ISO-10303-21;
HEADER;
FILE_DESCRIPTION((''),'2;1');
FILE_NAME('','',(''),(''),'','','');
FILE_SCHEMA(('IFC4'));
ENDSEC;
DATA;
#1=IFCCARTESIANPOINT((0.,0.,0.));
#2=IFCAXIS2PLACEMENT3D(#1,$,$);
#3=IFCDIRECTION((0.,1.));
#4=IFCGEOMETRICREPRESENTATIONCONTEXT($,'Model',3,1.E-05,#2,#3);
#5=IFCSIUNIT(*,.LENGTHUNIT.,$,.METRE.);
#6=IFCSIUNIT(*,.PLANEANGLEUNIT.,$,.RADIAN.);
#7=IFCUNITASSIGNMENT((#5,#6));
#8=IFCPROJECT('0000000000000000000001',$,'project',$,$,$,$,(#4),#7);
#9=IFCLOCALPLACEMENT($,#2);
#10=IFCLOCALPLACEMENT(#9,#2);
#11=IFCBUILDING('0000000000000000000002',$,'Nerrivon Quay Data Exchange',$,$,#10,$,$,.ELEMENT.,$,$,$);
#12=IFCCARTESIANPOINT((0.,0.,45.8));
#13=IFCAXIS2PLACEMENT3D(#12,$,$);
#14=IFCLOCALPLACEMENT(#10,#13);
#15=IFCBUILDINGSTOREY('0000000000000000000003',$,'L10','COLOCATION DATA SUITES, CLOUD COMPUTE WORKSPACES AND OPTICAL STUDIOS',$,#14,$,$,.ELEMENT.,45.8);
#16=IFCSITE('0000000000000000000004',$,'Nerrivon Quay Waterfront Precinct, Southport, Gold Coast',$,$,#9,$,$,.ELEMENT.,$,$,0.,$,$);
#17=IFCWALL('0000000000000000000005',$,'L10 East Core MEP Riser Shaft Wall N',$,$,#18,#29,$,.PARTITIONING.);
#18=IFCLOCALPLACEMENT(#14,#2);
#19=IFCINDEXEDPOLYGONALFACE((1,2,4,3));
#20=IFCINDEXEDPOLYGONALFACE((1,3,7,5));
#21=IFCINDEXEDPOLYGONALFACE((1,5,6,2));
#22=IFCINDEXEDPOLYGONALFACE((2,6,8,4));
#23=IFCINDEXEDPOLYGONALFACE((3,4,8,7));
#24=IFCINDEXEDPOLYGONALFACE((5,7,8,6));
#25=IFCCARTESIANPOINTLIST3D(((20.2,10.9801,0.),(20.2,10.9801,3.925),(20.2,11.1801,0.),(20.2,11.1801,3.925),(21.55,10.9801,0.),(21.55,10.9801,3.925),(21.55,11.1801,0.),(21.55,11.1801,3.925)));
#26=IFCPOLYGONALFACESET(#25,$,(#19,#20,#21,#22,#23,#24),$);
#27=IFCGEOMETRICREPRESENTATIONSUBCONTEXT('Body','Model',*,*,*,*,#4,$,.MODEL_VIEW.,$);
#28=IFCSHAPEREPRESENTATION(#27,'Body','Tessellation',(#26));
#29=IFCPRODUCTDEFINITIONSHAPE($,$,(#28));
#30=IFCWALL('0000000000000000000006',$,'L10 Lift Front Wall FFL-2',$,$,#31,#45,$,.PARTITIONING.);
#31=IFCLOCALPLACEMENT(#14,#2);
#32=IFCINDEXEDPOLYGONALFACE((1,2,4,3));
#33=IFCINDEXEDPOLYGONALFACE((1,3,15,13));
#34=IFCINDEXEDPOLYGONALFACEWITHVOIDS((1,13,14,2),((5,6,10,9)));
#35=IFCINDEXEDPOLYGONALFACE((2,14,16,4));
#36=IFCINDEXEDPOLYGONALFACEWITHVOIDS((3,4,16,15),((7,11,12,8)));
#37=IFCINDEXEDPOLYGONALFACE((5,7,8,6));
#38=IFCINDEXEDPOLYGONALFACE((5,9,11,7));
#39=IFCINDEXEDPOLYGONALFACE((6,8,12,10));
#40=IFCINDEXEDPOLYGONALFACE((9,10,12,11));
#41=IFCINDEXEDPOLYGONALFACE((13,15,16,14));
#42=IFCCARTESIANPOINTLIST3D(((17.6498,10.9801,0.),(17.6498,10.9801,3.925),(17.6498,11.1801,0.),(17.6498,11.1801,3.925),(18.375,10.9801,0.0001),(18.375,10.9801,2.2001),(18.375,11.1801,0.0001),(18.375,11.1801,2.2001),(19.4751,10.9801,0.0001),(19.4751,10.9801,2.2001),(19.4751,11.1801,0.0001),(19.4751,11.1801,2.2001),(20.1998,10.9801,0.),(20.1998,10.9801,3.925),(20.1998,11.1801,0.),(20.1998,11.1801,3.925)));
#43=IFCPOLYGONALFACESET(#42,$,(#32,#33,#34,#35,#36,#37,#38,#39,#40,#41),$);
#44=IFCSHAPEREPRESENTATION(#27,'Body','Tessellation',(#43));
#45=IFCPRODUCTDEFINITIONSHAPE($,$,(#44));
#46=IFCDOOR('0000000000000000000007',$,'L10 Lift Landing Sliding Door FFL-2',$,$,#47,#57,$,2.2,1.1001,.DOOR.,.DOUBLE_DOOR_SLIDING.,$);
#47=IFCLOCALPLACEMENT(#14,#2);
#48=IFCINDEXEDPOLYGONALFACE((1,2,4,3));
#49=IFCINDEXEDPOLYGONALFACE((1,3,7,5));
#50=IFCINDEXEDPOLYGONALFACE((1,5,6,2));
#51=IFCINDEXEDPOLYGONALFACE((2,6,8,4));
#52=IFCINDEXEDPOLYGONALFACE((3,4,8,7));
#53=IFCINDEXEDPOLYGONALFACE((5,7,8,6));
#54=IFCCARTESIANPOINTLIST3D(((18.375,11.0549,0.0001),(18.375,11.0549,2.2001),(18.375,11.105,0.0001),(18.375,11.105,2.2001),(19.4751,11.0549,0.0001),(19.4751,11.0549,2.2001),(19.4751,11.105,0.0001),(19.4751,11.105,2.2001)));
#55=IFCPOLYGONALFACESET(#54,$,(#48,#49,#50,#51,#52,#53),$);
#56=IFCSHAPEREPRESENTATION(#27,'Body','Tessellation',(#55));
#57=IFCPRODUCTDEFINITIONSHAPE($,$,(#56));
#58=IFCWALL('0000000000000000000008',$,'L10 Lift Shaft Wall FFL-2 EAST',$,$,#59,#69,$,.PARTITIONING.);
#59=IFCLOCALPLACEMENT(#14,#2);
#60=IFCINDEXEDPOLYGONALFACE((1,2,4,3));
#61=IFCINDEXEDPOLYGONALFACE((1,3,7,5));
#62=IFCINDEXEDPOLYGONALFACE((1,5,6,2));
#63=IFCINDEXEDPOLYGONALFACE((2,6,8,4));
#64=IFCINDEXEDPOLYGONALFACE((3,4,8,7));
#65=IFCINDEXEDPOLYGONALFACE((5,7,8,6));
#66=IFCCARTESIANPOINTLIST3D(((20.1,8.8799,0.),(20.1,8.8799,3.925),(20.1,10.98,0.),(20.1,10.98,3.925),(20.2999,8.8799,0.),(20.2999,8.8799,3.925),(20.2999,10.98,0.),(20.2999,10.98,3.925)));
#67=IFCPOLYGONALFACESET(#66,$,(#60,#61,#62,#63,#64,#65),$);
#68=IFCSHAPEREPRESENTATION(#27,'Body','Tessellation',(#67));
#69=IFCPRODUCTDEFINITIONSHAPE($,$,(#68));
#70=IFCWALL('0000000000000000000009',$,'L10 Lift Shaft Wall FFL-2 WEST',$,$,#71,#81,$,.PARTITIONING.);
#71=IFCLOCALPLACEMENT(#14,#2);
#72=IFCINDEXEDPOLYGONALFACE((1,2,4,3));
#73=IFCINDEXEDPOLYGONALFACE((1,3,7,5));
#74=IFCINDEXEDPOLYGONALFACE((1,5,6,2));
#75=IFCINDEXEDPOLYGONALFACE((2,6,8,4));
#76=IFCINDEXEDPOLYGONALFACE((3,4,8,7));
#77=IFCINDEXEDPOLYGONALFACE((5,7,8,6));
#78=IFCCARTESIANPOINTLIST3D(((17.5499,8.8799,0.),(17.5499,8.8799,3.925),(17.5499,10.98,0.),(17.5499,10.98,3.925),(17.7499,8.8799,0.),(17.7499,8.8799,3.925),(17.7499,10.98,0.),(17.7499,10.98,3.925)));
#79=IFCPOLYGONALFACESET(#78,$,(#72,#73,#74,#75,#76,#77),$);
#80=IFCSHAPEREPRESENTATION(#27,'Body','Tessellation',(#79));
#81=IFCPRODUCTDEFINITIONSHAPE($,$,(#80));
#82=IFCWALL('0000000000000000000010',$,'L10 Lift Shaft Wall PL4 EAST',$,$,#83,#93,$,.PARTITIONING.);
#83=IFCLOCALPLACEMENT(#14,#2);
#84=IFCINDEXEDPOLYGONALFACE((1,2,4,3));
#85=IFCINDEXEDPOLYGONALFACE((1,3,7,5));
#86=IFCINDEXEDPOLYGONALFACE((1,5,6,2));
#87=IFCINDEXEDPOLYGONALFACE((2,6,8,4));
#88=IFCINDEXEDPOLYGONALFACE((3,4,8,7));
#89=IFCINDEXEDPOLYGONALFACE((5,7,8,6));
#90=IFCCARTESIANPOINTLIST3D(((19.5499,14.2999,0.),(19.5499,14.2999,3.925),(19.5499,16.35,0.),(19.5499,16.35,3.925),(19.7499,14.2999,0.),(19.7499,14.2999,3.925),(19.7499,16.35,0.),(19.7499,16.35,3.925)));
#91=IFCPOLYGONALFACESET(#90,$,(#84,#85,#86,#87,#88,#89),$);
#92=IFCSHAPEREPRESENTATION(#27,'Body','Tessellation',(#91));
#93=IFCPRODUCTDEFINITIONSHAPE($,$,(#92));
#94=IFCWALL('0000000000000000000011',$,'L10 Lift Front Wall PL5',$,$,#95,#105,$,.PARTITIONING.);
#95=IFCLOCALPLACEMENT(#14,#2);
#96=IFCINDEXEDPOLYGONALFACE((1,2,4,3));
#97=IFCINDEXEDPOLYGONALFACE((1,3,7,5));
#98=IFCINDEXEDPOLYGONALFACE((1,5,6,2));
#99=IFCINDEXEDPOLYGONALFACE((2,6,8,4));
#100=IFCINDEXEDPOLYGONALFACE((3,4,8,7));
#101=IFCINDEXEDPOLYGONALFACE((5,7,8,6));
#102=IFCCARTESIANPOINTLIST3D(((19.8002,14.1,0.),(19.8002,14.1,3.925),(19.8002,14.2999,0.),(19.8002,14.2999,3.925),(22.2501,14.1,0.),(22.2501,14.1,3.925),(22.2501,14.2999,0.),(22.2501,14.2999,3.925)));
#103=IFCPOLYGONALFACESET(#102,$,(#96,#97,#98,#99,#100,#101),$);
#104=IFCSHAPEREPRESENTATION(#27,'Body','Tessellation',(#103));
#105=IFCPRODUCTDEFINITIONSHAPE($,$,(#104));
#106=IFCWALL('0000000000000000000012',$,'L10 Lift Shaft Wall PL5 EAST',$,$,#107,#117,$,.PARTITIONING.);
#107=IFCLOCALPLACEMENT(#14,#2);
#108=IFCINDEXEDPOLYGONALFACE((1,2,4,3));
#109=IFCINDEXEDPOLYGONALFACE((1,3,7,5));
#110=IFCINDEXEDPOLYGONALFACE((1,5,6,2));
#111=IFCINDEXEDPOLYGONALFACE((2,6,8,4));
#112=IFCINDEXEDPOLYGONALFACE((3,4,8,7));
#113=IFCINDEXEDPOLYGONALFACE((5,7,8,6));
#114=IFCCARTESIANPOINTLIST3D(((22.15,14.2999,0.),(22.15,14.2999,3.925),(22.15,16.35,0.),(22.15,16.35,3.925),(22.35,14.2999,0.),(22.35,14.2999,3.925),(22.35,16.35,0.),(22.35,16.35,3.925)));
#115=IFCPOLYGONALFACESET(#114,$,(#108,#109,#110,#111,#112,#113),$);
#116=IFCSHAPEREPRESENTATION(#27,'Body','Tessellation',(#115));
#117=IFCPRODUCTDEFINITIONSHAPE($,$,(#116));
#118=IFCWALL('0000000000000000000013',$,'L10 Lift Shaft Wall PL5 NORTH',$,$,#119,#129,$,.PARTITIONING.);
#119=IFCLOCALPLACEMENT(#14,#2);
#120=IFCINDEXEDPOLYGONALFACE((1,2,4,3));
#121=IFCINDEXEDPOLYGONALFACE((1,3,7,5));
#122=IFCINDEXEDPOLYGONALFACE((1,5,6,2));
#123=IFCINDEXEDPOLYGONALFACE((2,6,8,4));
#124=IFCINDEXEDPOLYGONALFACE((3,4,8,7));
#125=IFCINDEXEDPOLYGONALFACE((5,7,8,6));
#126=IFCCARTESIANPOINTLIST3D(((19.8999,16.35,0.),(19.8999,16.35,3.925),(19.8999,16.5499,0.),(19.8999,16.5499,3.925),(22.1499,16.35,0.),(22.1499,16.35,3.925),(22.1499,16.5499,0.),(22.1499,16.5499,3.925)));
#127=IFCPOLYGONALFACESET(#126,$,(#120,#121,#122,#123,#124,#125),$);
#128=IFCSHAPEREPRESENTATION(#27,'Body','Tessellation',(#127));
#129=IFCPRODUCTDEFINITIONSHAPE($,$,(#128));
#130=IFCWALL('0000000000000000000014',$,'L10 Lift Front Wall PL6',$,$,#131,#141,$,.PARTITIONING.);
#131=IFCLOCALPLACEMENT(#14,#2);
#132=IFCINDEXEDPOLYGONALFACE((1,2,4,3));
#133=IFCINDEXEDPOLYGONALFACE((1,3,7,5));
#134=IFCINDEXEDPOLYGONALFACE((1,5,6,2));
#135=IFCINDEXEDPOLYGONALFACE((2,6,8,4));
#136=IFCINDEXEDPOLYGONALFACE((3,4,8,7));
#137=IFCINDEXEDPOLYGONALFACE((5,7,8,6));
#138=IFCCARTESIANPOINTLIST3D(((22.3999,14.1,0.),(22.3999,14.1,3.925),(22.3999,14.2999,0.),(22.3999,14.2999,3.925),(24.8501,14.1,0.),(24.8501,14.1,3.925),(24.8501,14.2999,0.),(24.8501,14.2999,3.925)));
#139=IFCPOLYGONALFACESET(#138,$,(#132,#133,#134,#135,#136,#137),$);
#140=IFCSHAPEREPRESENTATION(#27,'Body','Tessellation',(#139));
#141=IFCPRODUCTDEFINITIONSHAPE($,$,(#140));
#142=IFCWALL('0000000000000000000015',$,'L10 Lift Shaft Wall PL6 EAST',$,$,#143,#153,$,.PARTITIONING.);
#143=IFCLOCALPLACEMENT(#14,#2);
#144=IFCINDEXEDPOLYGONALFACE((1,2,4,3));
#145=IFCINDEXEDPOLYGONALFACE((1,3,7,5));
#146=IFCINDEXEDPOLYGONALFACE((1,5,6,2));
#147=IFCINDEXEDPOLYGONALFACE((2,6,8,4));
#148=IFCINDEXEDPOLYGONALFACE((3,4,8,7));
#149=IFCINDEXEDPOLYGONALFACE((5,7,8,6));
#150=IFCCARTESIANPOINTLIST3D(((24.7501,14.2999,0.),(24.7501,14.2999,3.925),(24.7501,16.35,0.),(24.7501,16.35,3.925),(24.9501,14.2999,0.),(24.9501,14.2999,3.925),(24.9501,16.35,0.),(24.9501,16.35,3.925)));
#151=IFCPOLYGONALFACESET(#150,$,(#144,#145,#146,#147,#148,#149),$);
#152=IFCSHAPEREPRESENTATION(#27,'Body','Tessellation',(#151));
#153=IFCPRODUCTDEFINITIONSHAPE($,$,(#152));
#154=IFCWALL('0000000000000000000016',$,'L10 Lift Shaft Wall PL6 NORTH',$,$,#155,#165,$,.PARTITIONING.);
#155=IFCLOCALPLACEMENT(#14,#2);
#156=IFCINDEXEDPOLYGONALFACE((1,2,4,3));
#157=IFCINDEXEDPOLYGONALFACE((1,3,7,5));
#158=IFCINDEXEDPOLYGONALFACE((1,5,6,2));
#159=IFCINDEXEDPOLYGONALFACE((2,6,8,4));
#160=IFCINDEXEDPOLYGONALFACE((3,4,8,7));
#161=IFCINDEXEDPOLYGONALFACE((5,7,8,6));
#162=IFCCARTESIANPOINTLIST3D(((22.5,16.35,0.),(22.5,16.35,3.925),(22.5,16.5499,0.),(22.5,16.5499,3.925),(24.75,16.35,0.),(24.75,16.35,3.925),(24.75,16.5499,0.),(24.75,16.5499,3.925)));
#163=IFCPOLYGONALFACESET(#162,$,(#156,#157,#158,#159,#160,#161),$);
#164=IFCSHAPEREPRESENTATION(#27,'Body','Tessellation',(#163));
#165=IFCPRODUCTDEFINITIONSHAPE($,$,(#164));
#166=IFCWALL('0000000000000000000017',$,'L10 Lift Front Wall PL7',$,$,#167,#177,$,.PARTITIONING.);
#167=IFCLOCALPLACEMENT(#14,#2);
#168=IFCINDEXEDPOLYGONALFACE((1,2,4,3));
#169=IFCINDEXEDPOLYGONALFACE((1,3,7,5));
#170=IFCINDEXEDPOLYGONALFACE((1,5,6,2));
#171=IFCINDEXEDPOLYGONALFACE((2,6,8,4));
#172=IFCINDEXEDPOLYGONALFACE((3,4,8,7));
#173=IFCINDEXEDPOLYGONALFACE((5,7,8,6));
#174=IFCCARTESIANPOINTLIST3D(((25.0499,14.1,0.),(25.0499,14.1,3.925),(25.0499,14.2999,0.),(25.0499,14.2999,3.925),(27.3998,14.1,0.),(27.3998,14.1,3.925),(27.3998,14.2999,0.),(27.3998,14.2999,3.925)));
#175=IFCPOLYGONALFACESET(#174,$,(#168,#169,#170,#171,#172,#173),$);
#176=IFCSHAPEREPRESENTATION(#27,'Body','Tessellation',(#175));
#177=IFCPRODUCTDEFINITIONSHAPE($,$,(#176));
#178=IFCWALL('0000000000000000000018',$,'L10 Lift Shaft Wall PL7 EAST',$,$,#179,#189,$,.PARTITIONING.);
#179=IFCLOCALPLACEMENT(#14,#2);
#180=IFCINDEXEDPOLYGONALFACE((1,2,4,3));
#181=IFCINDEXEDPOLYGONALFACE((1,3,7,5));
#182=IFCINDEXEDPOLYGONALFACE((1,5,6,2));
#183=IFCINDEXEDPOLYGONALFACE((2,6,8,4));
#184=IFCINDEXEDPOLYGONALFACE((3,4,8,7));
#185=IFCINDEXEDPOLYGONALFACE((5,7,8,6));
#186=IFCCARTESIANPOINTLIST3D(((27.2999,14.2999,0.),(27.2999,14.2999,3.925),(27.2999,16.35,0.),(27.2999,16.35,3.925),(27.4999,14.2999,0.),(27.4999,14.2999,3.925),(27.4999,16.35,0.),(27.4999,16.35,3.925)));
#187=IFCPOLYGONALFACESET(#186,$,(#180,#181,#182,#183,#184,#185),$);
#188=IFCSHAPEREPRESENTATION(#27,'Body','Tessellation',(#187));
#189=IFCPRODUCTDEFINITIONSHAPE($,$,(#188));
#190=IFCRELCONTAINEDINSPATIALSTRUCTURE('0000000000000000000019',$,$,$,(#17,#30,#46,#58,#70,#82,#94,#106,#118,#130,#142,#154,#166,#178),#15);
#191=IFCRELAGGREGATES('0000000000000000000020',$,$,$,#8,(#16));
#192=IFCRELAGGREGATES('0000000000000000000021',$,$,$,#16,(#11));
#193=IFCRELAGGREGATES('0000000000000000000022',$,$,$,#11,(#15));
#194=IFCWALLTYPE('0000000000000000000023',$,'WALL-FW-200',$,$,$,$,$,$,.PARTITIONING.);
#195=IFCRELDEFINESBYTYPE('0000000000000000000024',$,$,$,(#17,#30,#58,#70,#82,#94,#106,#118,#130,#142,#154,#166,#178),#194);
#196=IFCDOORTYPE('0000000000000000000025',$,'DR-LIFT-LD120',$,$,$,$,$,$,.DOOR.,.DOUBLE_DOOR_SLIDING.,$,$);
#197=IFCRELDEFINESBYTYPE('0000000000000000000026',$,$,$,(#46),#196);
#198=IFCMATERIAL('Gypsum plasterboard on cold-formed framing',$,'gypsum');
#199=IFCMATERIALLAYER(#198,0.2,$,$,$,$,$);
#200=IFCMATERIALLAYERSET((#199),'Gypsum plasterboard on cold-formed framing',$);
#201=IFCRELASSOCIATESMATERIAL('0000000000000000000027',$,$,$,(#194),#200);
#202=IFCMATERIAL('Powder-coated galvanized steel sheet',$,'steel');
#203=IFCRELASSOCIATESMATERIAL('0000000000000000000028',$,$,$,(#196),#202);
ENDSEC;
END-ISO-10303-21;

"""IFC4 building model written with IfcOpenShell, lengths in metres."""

from ifc_helpers import new_model, si_unit, direction, frame, frame_2d, origin, place, context, subcontext, project, spatial, rectangle, extrude, material, layer, layer_set, type_object, element, fill, save


model = new_model("IFC4")

# Units and contexts
model_context = context("Model", 3, precision=1e-05, world=origin(), true_north=direction((0.0, 1.0)))
body_context = subcontext(model_context, "Body", "Model", "MODEL_VIEW")
ifc_project = project(units=[si_unit("LENGTHUNIT", "METRE"), si_unit("PLANEANGLEUNIT", "RADIAN")], contexts=[model_context])

# Site, building, storey
site_placement = place(None, origin())
site = spatial("IfcSite", under=ifc_project, at=site_placement, Name="Nerrivon Quay Waterfront Precinct, Southport, Gold Coast", CompositionType="ELEMENT", RefElevation=0.0)
building_placement = place(site_placement, origin())
building = spatial("IfcBuilding", under=site, at=building_placement, Name="Nerrivon Quay Data Exchange", CompositionType="ELEMENT")
storey_placement = place(building_placement, frame((0.0, 0.0, 45.8)))
storey = spatial("IfcBuildingStorey", under=building, at=storey_placement, Name="L10", Description="COLOCATION DATA SUITES, CLOUD COMPUTE WORKSPACES AND OPTICAL STUDIOS", CompositionType="ELEMENT", Elevation=45.8)

# Wall
ifc_material_1 = material(Name="Gypsum plasterboard on cold-formed framing", Category="gypsum")
ifc_layer_1 = layer(ifc_material_1, 0.2)
ifc_layer_set_1 = layer_set([ifc_layer_1], Name="Gypsum plasterboard on cold-formed framing")
wall_type_1 = type_object("IfcWallType", Name="WALL-FW-200", PredefinedType="PARTITIONING", material=ifc_layer_set_1)
wall_1_placement = place(storey_placement, frame((20.2, 11.0801, 0.0), z_axis=(0.0, 0.0, 1.0), x_axis=(1.0, 0.0, 0.0)))
element("IfcWall", 1, at=wall_1_placement, inside=storey, type_object=wall_type_1, Name="L10 East Core MEP Riser Shaft Wall N", PredefinedType="PARTITIONING", context=body_context, shape_type="SweptSolid", body=[
    extrude(rectangle(XDim=1.3501, YDim=0.2, at=frame_2d((0.675, 0.0))), origin(), (0.0, 0.0, 1.0), 3.925),
])

# Wall, opening, door
wall_2_placement = place(storey_placement, frame((17.6499, 11.0801, 0.0), z_axis=(0.0, 0.0, 1.0), x_axis=(1.0, 0.0, 0.0)))
wall_2 = element("IfcWall", 2, at=wall_2_placement, inside=storey, type_object=wall_type_1, Name="L10 Lift Front Wall FFL-2", PredefinedType="PARTITIONING", context=body_context, shape_type="SweptSolid", body=[
    extrude(rectangle(XDim=2.55, YDim=0.2, at=frame_2d((1.2749, 0.0))), origin(), (0.0, 0.0, 1.0), 3.925),
])
opening_1_placement = place(wall_2_placement, frame((0.7251, 0.0, 0.0)))
opening_1 = element("IfcOpeningElement", 3, at=opening_1_placement, cuts=wall_2, PredefinedType="OPENING", context=body_context, shape_type="SweptSolid", body=[
    extrude(rectangle(XDim=1.1001, YDim=2.2, at=frame_2d((0.55, 1.1001))), frame((0.0, 0.1099, 0.0), z_axis=(0.0, -1.0, 0.0), x_axis=(1.0, 0.0, 0.0)), (0.0, 0.0, 1.0), 0.22),
])
ifc_material_2 = material(Name="Powder-coated galvanized steel sheet", Category="steel")
door_type_1 = type_object("IfcDoorType", Name="DR-LIFT-LD120", OperationType="DOUBLE_DOOR_SLIDING", PredefinedType="DOOR", material=ifc_material_2)
door_1_placement = place(opening_1_placement, origin())
door_1 = element("IfcDoor", 4, at=door_1_placement, inside=storey, type_object=door_type_1, Name="L10 Lift Landing Sliding Door FFL-2", OperationType="DOUBLE_DOOR_SLIDING", OverallHeight=2.2, OverallWidth=1.1001, PredefinedType="DOOR", context=body_context, shape_type="SweptSolid", body=[
    extrude(rectangle(XDim=1.1001, YDim=2.2, at=frame_2d((0.55, 1.1001))), frame((0.0, 0.0249, 0.0), z_axis=(0.0, -1.0, 0.0), x_axis=(1.0, 0.0, 0.0)), (0.0, 0.0, 1.0), 0.05),
])
fill(opening_1, door_1)

# Walls
for number, where, z_axis, x_axis, name in (
    (5, (20.2, 8.8799, 0.0), (0.0, 0.0, 1.0), (0.0, 1.0, 0.0), "L10 Lift Shaft Wall FFL-2 EAST"),
    (6, (17.6499, 8.8799, 0.0), (0.0, 0.0, 1.0), (0.0, 1.0, 0.0), "L10 Lift Shaft Wall FFL-2 WEST"),
):
    element("IfcWall", number, at=place(storey_placement, frame(where, z_axis=z_axis, x_axis=x_axis)), inside=storey, type_object=wall_type_1, Name=name, PredefinedType="PARTITIONING", context=body_context, shape_type="SweptSolid", body=[
        extrude(rectangle(XDim=2.1001, YDim=0.2, at=frame_2d((1.05, 0.0))), origin(), (0.0, 0.0, 1.0), 3.925),
    ])
wall_3_placement = place(storey_placement, frame((19.6499, 14.3, 0.0), z_axis=(0.0, 0.0, 1.0), x_axis=(0.0, 1.0, 0.0)))
element("IfcWall", 7, at=wall_3_placement, inside=storey, type_object=wall_type_1, Name="L10 Lift Shaft Wall PL4 EAST", PredefinedType="PARTITIONING", context=body_context, shape_type="SweptSolid", body=[
    extrude(rectangle(XDim=2.05, YDim=0.2, at=frame_2d((1.0249, 0.0))), origin(), (0.0, 0.0, 1.0), 3.925),
])
wall_4_placement = place(storey_placement, frame((19.8, 14.2, 0.0), z_axis=(0.0, 0.0, 1.0), x_axis=(1.0, 0.0, 0.0)))
element("IfcWall", 8, at=wall_4_placement, inside=storey, type_object=wall_type_1, Name="L10 Lift Front Wall PL5", PredefinedType="PARTITIONING", context=body_context, shape_type="SweptSolid", body=[
    extrude(rectangle(XDim=2.45, YDim=0.2, at=frame_2d((1.2251, 0.0))), origin(), (0.0, 0.0, 1.0), 3.925),
])
wall_5_placement = place(storey_placement, frame((22.25, 14.3, 0.0), z_axis=(0.0, 0.0, 1.0), x_axis=(0.0, 1.0, 0.0)))
element("IfcWall", 9, at=wall_5_placement, inside=storey, type_object=wall_type_1, Name="L10 Lift Shaft Wall PL5 EAST", PredefinedType="PARTITIONING", context=body_context, shape_type="SweptSolid", body=[
    extrude(rectangle(XDim=2.05, YDim=0.2, at=frame_2d((1.0249, 0.0))), origin(), (0.0, 0.0, 1.0), 3.925),
])
wall_6_placement = place(storey_placement, frame((19.8999, 16.45, 0.0), z_axis=(0.0, 0.0, 1.0), x_axis=(1.0, 0.0, 0.0)))
element("IfcWall", 10, at=wall_6_placement, inside=storey, type_object=wall_type_1, Name="L10 Lift Shaft Wall PL5 NORTH", PredefinedType="PARTITIONING", context=body_context, shape_type="SweptSolid", body=[
    extrude(rectangle(XDim=2.25, YDim=0.2, at=frame_2d((1.125, 0.0))), origin(), (0.0, 0.0, 1.0), 3.925),
])
wall_7_placement = place(storey_placement, frame((22.3999, 14.2, 0.0), z_axis=(0.0, 0.0, 1.0), x_axis=(1.0, 0.0, 0.0)))
element("IfcWall", 11, at=wall_7_placement, inside=storey, type_object=wall_type_1, Name="L10 Lift Front Wall PL6", PredefinedType="PARTITIONING", context=body_context, shape_type="SweptSolid", body=[
    extrude(rectangle(XDim=2.4502, YDim=0.2, at=frame_2d((1.2251, 0.0))), origin(), (0.0, 0.0, 1.0), 3.925),
])
wall_8_placement = place(storey_placement, frame((24.8501, 14.3, 0.0), z_axis=(0.0, 0.0, 1.0), x_axis=(0.0, 1.0, 0.0)))
element("IfcWall", 12, at=wall_8_placement, inside=storey, type_object=wall_type_1, Name="L10 Lift Shaft Wall PL6 EAST", PredefinedType="PARTITIONING", context=body_context, shape_type="SweptSolid", body=[
    extrude(rectangle(XDim=2.05, YDim=0.2, at=frame_2d((1.0249, 0.0))), origin(), (0.0, 0.0, 1.0), 3.925),
])
wall_9_placement = place(storey_placement, frame((22.5, 16.45, 0.0), z_axis=(0.0, 0.0, 1.0), x_axis=(1.0, 0.0, 0.0)))
element("IfcWall", 13, at=wall_9_placement, inside=storey, type_object=wall_type_1, Name="L10 Lift Shaft Wall PL6 NORTH", PredefinedType="PARTITIONING", context=body_context, shape_type="SweptSolid", body=[
    extrude(rectangle(XDim=2.25, YDim=0.2, at=frame_2d((1.125, 0.0))), origin(), (0.0, 0.0, 1.0), 3.925),
])
wall_10_placement = place(storey_placement, frame((25.05, 14.2, 0.0), z_axis=(0.0, 0.0, 1.0), x_axis=(1.0, 0.0, 0.0)))
element("IfcWall", 14, at=wall_10_placement, inside=storey, type_object=wall_type_1, Name="L10 Lift Front Wall PL7", PredefinedType="PARTITIONING", context=body_context, shape_type="SweptSolid", body=[
    extrude(rectangle(XDim=2.3499, YDim=0.2, at=frame_2d((1.1748, 0.0))), origin(), (0.0, 0.0, 1.0), 3.925),
])
wall_11_placement = place(storey_placement, frame((27.3999, 14.3, 0.0), z_axis=(0.0, 0.0, 1.0), x_axis=(0.0, 1.0, 0.0)))
element("IfcWall", 15, at=wall_11_placement, inside=storey, type_object=wall_type_1, Name="L10 Lift Shaft Wall PL7 EAST", PredefinedType="PARTITIONING", context=body_context, shape_type="SweptSolid", body=[
    extrude(rectangle(XDim=2.05, YDim=0.2, at=frame_2d((1.0249, 0.0))), origin(), (0.0, 0.0, 1.0), 3.925),
])

save(model, "model.ifc")
